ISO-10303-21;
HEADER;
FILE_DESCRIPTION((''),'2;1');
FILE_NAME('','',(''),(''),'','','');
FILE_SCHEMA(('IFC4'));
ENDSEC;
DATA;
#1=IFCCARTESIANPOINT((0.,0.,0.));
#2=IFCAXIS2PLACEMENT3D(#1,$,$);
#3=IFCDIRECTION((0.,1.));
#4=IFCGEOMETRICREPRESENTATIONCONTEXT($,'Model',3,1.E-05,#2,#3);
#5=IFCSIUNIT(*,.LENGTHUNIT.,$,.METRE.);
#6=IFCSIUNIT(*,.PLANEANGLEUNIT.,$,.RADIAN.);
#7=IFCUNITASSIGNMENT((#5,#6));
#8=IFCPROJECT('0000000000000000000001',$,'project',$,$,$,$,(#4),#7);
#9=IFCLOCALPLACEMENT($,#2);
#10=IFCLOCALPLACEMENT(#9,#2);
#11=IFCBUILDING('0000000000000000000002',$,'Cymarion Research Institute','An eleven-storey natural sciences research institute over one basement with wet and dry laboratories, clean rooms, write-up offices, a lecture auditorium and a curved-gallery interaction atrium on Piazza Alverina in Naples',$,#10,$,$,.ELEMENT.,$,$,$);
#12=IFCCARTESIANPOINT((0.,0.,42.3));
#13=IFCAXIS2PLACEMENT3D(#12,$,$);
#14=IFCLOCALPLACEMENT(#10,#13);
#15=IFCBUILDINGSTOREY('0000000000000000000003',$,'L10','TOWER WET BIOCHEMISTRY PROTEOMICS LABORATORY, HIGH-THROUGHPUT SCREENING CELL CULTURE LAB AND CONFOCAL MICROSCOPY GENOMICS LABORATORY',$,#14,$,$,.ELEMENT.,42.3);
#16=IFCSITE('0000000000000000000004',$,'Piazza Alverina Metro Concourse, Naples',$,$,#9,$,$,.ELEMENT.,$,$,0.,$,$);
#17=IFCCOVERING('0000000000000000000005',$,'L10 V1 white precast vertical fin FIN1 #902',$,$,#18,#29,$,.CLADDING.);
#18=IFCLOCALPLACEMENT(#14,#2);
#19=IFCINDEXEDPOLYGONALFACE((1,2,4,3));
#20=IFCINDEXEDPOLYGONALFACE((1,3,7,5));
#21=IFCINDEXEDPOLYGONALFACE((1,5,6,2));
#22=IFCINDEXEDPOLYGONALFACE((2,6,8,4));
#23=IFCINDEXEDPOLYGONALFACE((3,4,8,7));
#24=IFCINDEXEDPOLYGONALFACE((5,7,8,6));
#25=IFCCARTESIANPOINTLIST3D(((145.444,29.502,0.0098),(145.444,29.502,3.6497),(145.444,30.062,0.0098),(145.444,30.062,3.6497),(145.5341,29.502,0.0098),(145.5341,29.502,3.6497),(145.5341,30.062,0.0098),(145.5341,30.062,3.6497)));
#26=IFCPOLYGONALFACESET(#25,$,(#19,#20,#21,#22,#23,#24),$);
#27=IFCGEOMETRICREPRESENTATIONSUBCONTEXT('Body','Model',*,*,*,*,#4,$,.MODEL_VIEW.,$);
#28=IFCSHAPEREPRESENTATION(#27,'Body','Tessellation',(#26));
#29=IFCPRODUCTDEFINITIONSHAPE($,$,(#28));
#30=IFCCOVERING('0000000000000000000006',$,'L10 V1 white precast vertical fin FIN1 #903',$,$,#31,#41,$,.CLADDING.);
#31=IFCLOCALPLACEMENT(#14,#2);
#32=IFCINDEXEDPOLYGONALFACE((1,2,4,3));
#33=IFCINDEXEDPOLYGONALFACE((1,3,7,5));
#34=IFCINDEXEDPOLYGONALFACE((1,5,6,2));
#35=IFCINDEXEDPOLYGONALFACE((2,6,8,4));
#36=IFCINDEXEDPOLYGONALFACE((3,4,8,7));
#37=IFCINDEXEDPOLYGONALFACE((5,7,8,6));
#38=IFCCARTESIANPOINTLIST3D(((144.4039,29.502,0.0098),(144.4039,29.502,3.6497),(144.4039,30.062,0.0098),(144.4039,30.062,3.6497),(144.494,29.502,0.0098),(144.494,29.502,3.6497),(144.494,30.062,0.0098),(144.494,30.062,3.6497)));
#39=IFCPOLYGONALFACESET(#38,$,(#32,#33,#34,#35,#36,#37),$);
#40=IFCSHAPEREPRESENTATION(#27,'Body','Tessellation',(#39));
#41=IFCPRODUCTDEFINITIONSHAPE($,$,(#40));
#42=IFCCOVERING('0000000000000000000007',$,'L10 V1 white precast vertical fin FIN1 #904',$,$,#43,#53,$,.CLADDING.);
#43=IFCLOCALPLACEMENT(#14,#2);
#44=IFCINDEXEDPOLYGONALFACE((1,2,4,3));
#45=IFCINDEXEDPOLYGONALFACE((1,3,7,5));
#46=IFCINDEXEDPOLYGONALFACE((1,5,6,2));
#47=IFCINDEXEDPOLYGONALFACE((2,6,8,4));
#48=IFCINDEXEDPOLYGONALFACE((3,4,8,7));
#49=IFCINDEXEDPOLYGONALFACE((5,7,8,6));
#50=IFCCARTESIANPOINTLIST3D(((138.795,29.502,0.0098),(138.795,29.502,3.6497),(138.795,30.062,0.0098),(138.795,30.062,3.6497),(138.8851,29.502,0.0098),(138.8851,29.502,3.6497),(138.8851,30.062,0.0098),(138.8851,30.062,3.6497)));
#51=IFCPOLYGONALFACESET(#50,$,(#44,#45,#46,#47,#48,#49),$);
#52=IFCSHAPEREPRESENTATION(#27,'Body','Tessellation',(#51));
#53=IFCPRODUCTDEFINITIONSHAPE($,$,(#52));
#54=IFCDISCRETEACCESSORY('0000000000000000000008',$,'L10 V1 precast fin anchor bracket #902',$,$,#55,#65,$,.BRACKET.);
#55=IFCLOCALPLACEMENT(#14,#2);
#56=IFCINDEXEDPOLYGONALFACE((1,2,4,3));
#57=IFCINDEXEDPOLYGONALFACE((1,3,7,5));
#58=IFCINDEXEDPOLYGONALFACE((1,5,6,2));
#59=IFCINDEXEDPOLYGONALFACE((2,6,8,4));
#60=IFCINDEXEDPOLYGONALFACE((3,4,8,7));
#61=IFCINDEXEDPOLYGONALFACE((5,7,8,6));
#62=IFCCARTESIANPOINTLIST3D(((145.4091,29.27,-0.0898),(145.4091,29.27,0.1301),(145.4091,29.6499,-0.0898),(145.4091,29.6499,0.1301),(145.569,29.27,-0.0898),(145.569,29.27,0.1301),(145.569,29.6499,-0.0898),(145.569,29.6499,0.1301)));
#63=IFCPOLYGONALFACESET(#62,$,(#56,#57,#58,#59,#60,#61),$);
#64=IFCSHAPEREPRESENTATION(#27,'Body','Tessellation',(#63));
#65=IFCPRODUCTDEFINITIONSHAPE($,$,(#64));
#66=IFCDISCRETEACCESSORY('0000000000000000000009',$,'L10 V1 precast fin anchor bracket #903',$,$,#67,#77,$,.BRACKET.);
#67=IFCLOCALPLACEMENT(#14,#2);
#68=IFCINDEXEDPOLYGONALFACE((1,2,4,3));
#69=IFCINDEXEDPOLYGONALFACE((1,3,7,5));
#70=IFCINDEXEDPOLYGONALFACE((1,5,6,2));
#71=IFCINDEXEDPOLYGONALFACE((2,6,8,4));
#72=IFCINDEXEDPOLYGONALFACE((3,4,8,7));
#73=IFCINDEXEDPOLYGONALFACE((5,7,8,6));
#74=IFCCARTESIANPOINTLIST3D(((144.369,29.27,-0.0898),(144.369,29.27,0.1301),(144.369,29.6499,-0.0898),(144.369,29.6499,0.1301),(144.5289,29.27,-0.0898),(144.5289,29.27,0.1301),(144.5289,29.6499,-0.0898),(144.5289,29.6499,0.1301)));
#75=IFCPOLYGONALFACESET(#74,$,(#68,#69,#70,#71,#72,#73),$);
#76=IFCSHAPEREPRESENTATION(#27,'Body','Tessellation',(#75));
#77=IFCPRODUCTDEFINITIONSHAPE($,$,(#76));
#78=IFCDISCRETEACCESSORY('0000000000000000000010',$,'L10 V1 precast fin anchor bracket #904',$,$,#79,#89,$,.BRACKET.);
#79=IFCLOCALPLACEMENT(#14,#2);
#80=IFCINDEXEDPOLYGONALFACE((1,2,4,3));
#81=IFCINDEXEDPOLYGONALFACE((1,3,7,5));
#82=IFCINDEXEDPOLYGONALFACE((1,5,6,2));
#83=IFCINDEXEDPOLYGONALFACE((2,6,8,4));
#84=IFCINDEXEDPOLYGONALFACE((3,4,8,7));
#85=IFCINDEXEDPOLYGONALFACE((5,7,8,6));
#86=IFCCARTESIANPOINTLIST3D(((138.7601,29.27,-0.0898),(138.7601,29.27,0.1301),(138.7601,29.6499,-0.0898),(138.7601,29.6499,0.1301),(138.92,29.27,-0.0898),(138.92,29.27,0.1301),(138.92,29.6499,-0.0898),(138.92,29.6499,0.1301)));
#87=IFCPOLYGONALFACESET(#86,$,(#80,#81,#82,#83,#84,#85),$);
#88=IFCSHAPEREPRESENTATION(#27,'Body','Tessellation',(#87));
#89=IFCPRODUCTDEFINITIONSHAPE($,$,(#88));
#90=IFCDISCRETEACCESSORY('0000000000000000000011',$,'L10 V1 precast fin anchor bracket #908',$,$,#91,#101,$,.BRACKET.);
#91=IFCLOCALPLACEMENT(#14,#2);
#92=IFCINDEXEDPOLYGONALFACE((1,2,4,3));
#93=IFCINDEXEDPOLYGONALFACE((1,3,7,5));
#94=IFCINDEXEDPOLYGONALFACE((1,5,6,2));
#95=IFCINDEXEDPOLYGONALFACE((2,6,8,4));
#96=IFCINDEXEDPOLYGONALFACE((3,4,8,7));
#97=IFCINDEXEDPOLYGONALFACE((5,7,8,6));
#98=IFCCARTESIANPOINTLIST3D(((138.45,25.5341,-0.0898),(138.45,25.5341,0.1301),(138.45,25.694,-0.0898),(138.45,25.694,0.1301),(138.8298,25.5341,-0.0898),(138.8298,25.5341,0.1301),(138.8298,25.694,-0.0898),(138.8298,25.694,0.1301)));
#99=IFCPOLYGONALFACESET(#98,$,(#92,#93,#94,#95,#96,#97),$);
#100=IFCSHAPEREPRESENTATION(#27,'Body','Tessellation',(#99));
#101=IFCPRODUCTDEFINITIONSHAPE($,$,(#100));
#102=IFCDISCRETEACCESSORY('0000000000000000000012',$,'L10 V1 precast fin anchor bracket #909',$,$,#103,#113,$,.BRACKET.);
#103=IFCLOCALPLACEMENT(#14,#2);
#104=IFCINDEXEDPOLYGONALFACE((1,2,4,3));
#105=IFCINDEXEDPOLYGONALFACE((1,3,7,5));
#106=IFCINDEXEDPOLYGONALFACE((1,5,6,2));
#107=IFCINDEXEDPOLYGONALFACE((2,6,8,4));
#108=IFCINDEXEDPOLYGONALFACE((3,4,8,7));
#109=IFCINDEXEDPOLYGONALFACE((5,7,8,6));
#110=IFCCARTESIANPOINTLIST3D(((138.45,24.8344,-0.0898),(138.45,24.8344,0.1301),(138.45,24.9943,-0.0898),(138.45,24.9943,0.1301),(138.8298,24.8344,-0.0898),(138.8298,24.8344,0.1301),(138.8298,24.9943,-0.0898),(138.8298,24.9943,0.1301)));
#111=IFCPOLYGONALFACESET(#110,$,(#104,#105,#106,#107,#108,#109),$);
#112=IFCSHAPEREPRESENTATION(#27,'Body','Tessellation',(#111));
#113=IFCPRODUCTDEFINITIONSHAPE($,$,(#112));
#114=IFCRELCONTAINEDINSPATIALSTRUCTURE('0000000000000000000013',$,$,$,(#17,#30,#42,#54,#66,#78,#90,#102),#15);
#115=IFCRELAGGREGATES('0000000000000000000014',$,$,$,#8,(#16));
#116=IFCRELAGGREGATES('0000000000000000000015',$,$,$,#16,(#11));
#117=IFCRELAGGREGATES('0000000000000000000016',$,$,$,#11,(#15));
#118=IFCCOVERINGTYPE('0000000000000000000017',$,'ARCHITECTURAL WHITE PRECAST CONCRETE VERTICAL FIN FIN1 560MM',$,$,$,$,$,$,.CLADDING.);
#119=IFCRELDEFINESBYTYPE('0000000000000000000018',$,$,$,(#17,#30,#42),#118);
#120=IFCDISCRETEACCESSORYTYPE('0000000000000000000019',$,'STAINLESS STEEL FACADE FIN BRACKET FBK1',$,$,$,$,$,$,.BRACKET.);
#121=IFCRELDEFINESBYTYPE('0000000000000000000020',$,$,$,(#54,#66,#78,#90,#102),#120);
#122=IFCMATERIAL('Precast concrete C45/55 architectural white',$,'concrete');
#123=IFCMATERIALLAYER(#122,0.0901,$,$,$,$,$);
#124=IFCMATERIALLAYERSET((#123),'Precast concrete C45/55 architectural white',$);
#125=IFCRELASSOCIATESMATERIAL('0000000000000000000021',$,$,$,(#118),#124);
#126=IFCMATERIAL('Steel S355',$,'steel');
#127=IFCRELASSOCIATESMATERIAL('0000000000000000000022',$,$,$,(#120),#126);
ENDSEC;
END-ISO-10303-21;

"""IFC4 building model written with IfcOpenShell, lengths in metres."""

from ifc_helpers import new_model, si_unit, direction, frame, origin, origin_2d, place, context, subcontext, project, spatial, rectangle, extrude, material, layer, layer_set, type_object, element, save


model = new_model("IFC4")

# Units and contexts
model_context = context("Model", 3, precision=1e-05, world=origin(), true_north=direction((0.0, 1.0)))
body_context = subcontext(model_context, "Body", "Model", "MODEL_VIEW")
ifc_project = project(units=[si_unit("LENGTHUNIT", "METRE"), si_unit("PLANEANGLEUNIT", "RADIAN")], contexts=[model_context])

# Site, building, storey
site_placement = place(None, origin())
site = spatial("IfcSite", under=ifc_project, at=site_placement, Name="Piazza Alverina Metro Concourse, Naples", CompositionType="ELEMENT", RefElevation=0.0)
building_placement = place(site_placement, origin())
building = spatial("IfcBuilding", under=site, at=building_placement, Name="Cymarion Research Institute", Description="An eleven-storey natural sciences research institute over one basement with wet and dry laboratories, clean rooms, write-up offices, a lecture auditorium and a curved-gallery interaction atrium on Piazza Alverina in Naples", CompositionType="ELEMENT")
storey_placement = place(building_placement, frame((0.0, 0.0, 42.3)))
storey = spatial("IfcBuildingStorey", under=building, at=storey_placement, Name="L10", Description="TOWER WET BIOCHEMISTRY PROTEOMICS LABORATORY, HIGH-THROUGHPUT SCREENING CELL CULTURE LAB AND CONFOCAL MICROSCOPY GENOMICS LABORATORY", CompositionType="ELEMENT", Elevation=42.3)

# Coverings
ifc_material_1 = material(Name="Precast concrete C45/55 architectural white", Category="concrete")
ifc_layer_1 = layer(ifc_material_1, 0.0901)
ifc_layer_set_1 = layer_set([ifc_layer_1], Name="Precast concrete C45/55 architectural white")
covering_type = type_object("IfcCoveringType", Name="ARCHITECTURAL WHITE PRECAST CONCRETE VERTICAL FIN FIN1 560MM", PredefinedType="CLADDING", material=ifc_layer_set_1)
for number, where, z_axis, x_axis, name in (
    (1, (145.489, 29.782, 0.0098), (0.0, 0.0, 1.0), (0.0, 1.0, 0.0), "L10 V1 white precast vertical fin FIN1 #902"),
    (2, (144.449, 29.782, 0.0098), (0.0, 0.0, 1.0), (0.0, 1.0, 0.0), "L10 V1 white precast vertical fin FIN1 #903"),
    (3, (138.8401, 29.782, 0.0098), (0.0, 0.0, 1.0), (0.0, 1.0, 0.0), "L10 V1 white precast vertical fin FIN1 #904"),
):
    element("IfcCovering", number, at=place(storey_placement, frame(where, z_axis=z_axis, x_axis=x_axis)), inside=storey, type_object=covering_type, Name=name, PredefinedType="CLADDING", context=body_context, shape_type="SweptSolid", body=[
        extrude(rectangle(XDim=0.5601, YDim=0.0901, at=origin_2d()), origin(), (0.0, 0.0, 1.0), 3.6399),
    ])

# Discrete accessories
ifc_material_2 = material(Name="Steel S355", Category="steel")
discrete_accessory_type = type_object("IfcDiscreteAccessoryType", Name="STAINLESS STEEL FACADE FIN BRACKET FBK1", PredefinedType="BRACKET", material=ifc_material_2)
for number, where, z_axis, x_axis, name in (
    (4, (145.489, 29.46, -0.0898), (0.0, 0.0, 1.0), (0.0, 1.0, 0.0), "L10 V1 precast fin anchor bracket #902"),
    (5, (144.449, 29.46, -0.0898), (0.0, 0.0, 1.0), (0.0, 1.0, 0.0), "L10 V1 precast fin anchor bracket #903"),
    (6, (138.8401, 29.46, -0.0898), (0.0, 0.0, 1.0), (0.0, 1.0, 0.0), "L10 V1 precast fin anchor bracket #904"),
    (7, (138.6399, 25.614, -0.0898), (0.0, 0.0, 1.0), (-1.0, 0.0, 0.0), "L10 V1 precast fin anchor bracket #908"),
    (8, (138.6399, 24.9143, -0.0898), (0.0, 0.0, 1.0), (-1.0, 0.0, 0.0), "L10 V1 precast fin anchor bracket #909"),
):
    element("IfcDiscreteAccessory", number, at=place(storey_placement, frame(where, z_axis=z_axis, x_axis=x_axis)), inside=storey, type_object=discrete_accessory_type, Name=name, PredefinedType="BRACKET", context=body_context, shape_type="SweptSolid", body=[
        extrude(rectangle(XDim=0.3799, YDim=0.1599, at=origin_2d()), origin(), (0.0, 0.0, 1.0), 0.22),
    ])

save(model, "model.ifc")
